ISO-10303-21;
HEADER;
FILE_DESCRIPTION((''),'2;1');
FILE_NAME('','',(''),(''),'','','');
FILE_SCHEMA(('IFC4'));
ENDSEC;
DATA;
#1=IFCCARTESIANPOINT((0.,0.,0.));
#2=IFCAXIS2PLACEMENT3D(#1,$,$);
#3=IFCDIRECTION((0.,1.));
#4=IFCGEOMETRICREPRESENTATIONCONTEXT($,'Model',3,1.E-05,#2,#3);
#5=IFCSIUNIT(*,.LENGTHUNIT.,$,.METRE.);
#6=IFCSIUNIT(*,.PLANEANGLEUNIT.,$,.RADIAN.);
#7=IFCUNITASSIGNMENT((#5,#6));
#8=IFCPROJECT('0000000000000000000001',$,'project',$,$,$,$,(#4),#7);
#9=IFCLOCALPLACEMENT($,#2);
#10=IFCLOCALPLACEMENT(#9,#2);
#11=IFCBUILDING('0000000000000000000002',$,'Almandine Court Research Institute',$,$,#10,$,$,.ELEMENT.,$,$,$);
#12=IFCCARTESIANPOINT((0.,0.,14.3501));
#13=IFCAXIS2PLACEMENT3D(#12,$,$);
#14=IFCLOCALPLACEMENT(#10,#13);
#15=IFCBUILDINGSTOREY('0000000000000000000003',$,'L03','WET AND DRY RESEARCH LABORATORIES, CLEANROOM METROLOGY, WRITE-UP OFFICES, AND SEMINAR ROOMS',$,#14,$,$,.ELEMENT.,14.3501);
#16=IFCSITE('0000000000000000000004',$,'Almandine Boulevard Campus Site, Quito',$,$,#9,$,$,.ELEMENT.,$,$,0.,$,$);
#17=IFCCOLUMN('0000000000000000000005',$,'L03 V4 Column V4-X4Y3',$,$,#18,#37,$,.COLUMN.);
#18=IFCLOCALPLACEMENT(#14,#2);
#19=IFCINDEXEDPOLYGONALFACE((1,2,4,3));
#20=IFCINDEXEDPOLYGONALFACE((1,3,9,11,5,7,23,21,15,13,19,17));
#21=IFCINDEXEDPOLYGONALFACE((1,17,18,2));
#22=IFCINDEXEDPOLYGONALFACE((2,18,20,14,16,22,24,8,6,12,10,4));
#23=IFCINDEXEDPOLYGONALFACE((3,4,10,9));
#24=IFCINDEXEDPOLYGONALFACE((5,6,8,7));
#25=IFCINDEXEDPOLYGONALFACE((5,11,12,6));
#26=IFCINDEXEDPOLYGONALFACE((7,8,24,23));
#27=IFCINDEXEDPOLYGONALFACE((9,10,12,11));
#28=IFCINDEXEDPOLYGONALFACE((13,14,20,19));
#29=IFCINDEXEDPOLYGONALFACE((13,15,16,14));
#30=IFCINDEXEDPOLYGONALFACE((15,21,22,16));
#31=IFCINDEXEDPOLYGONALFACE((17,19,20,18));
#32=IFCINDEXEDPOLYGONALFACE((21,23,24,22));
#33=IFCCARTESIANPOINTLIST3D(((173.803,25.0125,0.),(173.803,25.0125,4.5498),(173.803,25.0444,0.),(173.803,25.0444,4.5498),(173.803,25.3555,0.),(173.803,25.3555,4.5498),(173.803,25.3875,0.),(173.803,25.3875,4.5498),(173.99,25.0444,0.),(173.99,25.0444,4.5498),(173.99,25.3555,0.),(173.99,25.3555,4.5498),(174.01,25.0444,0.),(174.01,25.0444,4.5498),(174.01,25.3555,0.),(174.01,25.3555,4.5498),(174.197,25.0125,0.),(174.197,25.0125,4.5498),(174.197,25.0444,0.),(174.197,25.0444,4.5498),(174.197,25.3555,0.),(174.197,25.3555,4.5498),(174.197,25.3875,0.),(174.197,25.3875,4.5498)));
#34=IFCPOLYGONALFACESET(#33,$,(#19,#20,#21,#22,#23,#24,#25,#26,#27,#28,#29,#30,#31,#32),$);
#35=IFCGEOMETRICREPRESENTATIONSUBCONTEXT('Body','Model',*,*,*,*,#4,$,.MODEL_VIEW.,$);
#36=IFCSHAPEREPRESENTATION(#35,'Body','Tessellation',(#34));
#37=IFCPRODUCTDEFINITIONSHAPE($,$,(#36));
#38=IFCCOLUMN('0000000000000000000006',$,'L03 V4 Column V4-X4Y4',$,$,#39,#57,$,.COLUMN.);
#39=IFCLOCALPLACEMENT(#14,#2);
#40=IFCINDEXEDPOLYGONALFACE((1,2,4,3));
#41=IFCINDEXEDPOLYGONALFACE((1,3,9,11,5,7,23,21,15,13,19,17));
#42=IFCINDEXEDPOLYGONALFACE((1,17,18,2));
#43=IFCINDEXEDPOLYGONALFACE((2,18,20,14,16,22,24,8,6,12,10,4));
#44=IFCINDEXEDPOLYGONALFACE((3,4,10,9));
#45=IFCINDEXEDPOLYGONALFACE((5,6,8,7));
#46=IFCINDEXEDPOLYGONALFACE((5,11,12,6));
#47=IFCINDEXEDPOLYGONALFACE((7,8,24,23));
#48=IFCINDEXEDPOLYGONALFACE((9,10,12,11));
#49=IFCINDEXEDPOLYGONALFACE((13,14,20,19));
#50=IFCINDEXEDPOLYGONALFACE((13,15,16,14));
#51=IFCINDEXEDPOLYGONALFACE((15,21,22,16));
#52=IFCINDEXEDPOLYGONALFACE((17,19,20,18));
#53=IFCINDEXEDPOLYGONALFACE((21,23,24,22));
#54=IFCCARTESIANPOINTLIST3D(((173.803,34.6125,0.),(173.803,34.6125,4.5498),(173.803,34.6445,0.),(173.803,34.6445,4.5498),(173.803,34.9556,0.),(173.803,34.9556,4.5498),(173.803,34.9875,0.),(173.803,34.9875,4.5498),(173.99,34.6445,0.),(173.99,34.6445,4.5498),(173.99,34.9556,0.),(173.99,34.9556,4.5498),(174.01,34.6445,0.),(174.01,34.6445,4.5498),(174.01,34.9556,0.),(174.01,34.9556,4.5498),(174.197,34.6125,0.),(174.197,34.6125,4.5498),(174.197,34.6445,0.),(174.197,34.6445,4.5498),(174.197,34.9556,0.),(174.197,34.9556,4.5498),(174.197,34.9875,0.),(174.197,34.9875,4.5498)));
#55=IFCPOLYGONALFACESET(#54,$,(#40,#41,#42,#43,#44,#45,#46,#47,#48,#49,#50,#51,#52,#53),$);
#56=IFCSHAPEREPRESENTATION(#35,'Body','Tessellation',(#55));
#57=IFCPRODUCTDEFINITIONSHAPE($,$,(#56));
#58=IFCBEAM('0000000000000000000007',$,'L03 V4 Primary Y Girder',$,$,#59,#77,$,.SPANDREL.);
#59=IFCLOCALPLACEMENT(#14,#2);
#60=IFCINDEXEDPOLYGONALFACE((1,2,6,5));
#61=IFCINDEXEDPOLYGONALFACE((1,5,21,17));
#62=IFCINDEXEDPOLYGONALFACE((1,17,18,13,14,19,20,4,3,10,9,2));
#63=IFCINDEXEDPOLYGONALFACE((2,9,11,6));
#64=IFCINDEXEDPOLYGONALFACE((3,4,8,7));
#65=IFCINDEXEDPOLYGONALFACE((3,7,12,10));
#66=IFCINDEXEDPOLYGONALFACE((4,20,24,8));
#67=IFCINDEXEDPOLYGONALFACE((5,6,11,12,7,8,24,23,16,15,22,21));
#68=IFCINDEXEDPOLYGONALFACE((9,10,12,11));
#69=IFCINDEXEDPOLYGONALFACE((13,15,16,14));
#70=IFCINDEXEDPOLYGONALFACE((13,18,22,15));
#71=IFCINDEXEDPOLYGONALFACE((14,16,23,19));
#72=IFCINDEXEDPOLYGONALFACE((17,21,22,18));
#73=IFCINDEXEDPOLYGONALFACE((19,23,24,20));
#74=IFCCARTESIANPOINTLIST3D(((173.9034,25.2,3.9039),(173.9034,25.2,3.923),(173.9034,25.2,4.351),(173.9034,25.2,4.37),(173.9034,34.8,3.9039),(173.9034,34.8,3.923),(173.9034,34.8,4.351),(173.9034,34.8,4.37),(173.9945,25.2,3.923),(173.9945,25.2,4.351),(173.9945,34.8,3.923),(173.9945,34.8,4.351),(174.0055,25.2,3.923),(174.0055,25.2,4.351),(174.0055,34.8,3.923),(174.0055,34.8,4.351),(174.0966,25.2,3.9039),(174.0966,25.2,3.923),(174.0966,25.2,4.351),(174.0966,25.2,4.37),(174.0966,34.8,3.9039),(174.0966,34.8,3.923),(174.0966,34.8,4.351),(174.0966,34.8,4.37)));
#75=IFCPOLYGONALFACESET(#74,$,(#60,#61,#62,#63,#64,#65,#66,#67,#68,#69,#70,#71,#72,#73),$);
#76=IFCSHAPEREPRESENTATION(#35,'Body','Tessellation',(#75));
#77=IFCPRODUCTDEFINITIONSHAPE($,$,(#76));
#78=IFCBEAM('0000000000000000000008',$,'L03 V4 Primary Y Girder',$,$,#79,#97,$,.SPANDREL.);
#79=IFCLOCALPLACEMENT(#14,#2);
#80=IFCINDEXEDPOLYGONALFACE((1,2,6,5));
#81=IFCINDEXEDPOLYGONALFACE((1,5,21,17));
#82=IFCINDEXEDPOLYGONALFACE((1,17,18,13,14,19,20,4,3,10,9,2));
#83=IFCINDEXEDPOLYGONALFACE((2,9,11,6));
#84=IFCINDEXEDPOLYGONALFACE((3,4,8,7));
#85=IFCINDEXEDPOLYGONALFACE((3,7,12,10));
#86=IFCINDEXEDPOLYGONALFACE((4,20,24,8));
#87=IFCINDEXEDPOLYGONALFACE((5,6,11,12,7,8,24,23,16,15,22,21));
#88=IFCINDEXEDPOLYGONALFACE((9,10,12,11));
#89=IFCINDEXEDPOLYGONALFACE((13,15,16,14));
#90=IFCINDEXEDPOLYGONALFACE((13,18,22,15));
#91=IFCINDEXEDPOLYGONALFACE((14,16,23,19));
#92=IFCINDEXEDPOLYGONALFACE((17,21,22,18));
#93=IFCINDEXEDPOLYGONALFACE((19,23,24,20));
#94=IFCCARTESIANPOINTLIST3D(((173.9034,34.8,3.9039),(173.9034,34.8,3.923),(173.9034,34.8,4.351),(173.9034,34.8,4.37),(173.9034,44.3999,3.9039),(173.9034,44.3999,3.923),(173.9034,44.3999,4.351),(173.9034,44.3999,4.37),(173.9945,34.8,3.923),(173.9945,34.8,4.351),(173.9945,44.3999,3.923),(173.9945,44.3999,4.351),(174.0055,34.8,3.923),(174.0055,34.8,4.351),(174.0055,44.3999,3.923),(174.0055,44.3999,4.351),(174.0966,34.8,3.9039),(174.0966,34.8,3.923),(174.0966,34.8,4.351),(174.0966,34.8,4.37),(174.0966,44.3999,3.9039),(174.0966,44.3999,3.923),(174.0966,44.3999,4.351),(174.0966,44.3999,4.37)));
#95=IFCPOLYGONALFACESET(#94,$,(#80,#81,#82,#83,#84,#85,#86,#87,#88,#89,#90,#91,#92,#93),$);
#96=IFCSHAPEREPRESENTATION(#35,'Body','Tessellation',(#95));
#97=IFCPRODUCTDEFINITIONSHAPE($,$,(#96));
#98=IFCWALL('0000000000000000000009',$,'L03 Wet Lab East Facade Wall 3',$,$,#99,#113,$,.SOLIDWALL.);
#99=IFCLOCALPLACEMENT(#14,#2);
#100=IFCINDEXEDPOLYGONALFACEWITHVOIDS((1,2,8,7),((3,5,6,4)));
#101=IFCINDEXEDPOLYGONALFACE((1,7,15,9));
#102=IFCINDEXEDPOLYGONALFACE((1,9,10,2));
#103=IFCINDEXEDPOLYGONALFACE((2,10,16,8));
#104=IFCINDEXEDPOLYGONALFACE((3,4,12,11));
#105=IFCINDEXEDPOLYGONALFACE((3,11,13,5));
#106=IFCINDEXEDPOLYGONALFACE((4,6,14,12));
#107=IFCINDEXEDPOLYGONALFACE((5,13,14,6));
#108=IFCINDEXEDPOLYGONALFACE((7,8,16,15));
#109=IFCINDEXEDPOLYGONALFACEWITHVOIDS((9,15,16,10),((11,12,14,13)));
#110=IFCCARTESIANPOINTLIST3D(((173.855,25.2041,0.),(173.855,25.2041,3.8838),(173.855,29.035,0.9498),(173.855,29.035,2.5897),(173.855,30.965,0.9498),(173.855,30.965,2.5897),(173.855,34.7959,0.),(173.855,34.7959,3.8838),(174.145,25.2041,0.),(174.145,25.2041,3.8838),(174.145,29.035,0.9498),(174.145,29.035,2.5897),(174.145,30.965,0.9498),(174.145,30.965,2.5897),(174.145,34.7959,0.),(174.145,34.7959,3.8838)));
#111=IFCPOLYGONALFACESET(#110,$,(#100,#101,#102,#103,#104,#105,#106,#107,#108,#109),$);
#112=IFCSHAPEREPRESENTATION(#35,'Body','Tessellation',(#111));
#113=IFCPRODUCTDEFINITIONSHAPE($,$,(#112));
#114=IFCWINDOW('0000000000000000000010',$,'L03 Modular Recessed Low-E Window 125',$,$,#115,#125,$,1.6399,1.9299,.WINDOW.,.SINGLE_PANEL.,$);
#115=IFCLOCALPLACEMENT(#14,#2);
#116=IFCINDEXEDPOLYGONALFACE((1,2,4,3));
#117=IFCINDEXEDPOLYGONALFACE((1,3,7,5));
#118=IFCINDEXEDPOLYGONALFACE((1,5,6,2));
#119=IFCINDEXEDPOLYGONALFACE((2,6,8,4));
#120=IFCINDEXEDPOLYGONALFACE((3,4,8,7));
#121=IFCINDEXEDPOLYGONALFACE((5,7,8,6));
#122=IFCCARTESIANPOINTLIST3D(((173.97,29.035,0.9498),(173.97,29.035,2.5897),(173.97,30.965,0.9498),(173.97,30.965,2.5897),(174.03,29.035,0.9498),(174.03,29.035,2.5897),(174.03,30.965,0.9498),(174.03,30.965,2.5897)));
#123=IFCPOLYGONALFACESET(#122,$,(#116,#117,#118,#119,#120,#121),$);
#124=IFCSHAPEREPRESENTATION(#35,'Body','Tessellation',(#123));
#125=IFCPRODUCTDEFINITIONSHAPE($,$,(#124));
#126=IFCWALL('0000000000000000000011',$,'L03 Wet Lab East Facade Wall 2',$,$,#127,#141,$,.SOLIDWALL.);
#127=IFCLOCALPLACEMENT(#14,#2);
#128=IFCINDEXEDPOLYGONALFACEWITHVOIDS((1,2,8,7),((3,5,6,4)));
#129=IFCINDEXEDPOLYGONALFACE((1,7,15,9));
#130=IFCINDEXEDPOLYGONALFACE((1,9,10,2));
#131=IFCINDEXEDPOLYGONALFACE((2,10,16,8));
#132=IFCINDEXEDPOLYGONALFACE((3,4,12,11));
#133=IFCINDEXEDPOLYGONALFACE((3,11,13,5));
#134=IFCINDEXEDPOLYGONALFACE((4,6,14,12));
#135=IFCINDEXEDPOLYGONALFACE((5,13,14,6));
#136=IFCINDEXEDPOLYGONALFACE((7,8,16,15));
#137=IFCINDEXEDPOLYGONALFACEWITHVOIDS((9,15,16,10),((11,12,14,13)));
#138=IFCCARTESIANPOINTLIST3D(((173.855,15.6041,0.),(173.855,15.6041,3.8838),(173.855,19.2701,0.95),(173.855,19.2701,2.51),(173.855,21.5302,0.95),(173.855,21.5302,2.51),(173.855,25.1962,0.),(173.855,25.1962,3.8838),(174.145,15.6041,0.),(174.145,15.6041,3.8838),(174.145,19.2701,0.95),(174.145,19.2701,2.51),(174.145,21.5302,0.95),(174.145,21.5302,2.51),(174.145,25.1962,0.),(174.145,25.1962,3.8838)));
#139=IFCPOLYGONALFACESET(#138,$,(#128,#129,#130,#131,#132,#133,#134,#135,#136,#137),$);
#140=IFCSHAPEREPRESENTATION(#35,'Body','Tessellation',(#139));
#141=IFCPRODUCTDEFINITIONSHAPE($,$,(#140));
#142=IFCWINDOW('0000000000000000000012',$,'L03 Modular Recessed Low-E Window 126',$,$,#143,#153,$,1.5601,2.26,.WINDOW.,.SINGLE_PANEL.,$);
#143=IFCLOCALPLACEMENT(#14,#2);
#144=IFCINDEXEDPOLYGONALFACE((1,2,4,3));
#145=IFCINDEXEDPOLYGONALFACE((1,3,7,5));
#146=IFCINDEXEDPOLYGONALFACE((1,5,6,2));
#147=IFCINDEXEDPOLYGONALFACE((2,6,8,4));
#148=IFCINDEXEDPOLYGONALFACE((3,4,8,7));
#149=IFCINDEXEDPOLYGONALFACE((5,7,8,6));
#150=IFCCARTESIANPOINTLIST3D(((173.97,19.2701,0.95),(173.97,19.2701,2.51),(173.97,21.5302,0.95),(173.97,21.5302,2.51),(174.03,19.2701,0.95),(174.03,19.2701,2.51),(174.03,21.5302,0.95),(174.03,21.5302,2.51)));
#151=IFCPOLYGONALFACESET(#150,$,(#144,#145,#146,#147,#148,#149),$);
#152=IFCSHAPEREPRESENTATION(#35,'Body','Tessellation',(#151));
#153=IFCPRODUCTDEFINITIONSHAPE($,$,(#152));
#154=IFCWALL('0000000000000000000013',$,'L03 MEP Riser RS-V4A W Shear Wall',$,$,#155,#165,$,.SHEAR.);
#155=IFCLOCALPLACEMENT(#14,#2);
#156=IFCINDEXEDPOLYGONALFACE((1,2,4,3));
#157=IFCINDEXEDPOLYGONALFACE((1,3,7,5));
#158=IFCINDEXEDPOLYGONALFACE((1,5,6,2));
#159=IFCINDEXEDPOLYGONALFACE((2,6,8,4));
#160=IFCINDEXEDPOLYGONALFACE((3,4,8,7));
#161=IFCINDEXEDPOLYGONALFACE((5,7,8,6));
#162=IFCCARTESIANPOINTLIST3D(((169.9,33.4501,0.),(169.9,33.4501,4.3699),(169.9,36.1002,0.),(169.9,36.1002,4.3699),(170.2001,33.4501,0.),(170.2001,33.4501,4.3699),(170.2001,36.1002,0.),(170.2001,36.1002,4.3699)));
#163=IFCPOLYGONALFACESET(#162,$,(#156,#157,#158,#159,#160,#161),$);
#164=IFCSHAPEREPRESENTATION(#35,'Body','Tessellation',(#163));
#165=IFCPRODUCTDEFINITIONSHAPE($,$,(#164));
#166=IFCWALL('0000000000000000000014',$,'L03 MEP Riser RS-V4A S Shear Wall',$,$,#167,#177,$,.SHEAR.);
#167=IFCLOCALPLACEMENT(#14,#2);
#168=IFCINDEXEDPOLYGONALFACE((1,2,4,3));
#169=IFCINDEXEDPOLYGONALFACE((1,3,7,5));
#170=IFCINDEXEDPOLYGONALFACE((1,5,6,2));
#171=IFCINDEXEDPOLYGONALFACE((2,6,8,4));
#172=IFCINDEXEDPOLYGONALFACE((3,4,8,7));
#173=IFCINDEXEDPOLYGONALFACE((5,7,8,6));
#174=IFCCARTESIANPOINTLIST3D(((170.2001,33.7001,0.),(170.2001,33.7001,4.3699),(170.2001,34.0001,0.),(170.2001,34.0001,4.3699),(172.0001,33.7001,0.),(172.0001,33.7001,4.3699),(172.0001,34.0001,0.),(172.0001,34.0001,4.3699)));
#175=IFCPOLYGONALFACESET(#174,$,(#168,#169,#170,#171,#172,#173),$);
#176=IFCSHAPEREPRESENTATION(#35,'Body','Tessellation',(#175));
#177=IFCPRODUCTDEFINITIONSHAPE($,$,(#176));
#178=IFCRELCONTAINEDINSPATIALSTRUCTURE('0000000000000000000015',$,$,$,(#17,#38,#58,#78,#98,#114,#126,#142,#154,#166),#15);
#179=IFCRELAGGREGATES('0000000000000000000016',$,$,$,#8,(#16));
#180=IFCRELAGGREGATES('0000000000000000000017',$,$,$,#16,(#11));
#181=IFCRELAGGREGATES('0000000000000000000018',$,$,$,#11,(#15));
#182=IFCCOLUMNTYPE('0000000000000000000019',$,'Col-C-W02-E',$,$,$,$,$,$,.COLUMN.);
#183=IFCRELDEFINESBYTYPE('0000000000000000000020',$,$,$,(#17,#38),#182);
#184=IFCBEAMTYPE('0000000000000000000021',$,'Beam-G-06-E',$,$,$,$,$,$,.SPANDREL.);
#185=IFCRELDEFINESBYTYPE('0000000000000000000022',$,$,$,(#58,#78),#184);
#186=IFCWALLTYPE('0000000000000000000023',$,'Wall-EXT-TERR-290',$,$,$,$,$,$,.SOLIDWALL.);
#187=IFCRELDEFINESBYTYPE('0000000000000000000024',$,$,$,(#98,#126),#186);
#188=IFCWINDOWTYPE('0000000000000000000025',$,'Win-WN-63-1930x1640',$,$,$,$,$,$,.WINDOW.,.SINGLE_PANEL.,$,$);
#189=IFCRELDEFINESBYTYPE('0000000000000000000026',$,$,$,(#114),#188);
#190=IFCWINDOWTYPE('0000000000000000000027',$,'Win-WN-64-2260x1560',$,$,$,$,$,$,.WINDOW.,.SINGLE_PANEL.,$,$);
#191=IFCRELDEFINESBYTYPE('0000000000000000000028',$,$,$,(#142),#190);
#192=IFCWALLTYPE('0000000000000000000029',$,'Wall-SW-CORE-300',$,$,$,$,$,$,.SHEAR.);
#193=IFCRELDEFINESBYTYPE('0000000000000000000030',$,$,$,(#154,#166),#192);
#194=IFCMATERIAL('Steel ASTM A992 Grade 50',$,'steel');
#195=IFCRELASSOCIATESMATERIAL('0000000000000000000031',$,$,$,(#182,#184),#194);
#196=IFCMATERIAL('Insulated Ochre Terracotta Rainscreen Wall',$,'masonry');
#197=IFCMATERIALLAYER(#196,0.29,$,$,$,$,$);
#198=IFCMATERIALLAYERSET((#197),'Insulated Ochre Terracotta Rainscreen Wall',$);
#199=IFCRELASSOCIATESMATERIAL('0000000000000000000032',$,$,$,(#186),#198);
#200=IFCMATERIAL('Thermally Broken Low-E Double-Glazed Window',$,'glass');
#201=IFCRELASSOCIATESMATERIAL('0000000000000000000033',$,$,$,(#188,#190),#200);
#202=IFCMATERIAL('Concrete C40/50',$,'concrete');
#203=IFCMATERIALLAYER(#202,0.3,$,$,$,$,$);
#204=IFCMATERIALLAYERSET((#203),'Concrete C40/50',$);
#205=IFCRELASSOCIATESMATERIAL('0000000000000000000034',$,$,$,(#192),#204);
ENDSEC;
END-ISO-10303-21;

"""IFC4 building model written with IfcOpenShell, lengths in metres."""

from ifc_helpers import new_model, si_unit, direction, frame, frame_2d, origin, origin_2d, place, context, subcontext, project, spatial, rectangle, i_section, extrude, material, layer, layer_set, material_profile, profile_set, type_object, element, fill, save


model = new_model("IFC4")

# Units and contexts
model_context = context("Model", 3, precision=1e-05, world=origin(), true_north=direction((0.0, 1.0)))
body_context = subcontext(model_context, "Body", "Model", "MODEL_VIEW")
ifc_project = project(units=[si_unit("LENGTHUNIT", "METRE"), si_unit("PLANEANGLEUNIT", "RADIAN")], contexts=[model_context])

# Site, building, storey
site_placement = place(None, origin())
site = spatial("IfcSite", under=ifc_project, at=site_placement, Name="Almandine Boulevard Campus Site, Quito", CompositionType="ELEMENT", RefElevation=0.0)
building_placement = place(site_placement, origin())
building = spatial("IfcBuilding", under=site, at=building_placement, Name="Almandine Court Research Institute", CompositionType="ELEMENT")
storey_placement = place(building_placement, frame((0.0, 0.0, 14.3501)))
storey = spatial("IfcBuildingStorey", under=building, at=storey_placement, Name="L03", Description="WET AND DRY RESEARCH LABORATORIES, CLEANROOM METROLOGY, WRITE-UP OFFICES, AND SEMINAR ROOMS", CompositionType="ELEMENT", Elevation=14.3501)

# Columns
ifc_material_1 = material(Name="Steel ASTM A992 Grade 50", Category="steel")
ifc_material_profile_1 = material_profile(ifc_material_1, i_section(OverallWidth=0.394, OverallDepth=0.375, WebThickness=0.02, FlangeThickness=0.032, at=origin_2d()), Name="W360x216")
ifc_profile_set_1 = profile_set([ifc_material_profile_1], Name="Steel ASTM A992 Grade 50")
column_type = type_object("IfcColumnType", Name="Col-C-W02-E", PredefinedType="COLUMN", material=ifc_profile_set_1)
for number, where, z_axis, x_axis, name in (
    (1, (174.0, 25.2, 0.0), (0.0, 0.0, 1.0), (1.0, 0.0, 0.0), "L03 V4 Column V4-X4Y3"),
    (2, (174.0, 34.8, 0.0), (0.0, 0.0, 1.0), (1.0, 0.0, 0.0), "L03 V4 Column V4-X4Y4"),
):
    element("IfcColumn", number, at=place(storey_placement, frame(where, z_axis=z_axis, x_axis=x_axis)), inside=storey, type_object=column_type, Name=name, PredefinedType="COLUMN", context=body_context, shape_type="SweptSolid", body=[
        extrude(i_section(OverallWidth=0.394, OverallDepth=0.375, WebThickness=0.02, FlangeThickness=0.032, at=origin_2d()), origin(), (0.0, 0.0, 1.0), 4.5498),
    ])

# Beams
ifc_material_profile_2 = material_profile(ifc_material_1, i_section(OverallWidth=0.1931, OverallDepth=0.4661, WebThickness=0.011, FlangeThickness=0.019, at=origin_2d()), Name="W460x97")
ifc_profile_set_2 = profile_set([ifc_material_profile_2], Name="Steel ASTM A992 Grade 50")
beam_type = type_object("IfcBeamType", Name="Beam-G-06-E", PredefinedType="SPANDREL", material=ifc_profile_set_2)
beam_1_placement = place(storey_placement, frame((174.0, 25.2, 4.137), z_axis=(0.0, 1.0, 0.0), x_axis=(-1.0, 0.0, 0.0)))
element("IfcBeam", 3, at=beam_1_placement, inside=storey, type_object=beam_type, Name="L03 V4 Primary Y Girder", PredefinedType="SPANDREL", context=body_context, shape_type="SweptSolid", body=[
    extrude(i_section(OverallWidth=0.1931, OverallDepth=0.4661, WebThickness=0.011, FlangeThickness=0.019, at=origin_2d()), origin(), (0.0, 0.0, 1.0), 9.6001),
])
beam_2_placement = place(storey_placement, frame((174.0, 34.8, 4.137), z_axis=(0.0, 1.0, 0.0), x_axis=(-1.0, 0.0, 0.0)))
element("IfcBeam", 4, at=beam_2_placement, inside=storey, type_object=beam_type, Name="L03 V4 Primary Y Girder", PredefinedType="SPANDREL", context=body_context, shape_type="SweptSolid", body=[
    extrude(i_section(OverallWidth=0.1931, OverallDepth=0.4661, WebThickness=0.011, FlangeThickness=0.019, at=origin_2d()), origin(), (0.0, 0.0, 1.0), 9.5999),
])

# Walls, openings, windows
ifc_material_2 = material(Name="Insulated Ochre Terracotta Rainscreen Wall", Category="masonry")
ifc_layer_1 = layer(ifc_material_2, 0.29)
ifc_layer_set_1 = layer_set([ifc_layer_1], Name="Insulated Ochre Terracotta Rainscreen Wall")
wall_type_1 = type_object("IfcWallType", Name="Wall-EXT-TERR-290", PredefinedType="SOLIDWALL", material=ifc_layer_set_1)
wall_1_placement = place(storey_placement, frame((174.0, 34.7959, 0.0), z_axis=(0.0, 0.0, 1.0), x_axis=(0.0, -1.0, 0.0)))
wall_1 = element("IfcWall", 5, at=wall_1_placement, inside=storey, type_object=wall_type_1, Name="L03 Wet Lab East Facade Wall 3", PredefinedType="SOLIDWALL", context=body_context, shape_type="SweptSolid", body=[
    extrude(rectangle(XDim=9.5918, YDim=0.29, at=frame_2d((4.7959, 0.0))), origin(), (0.0, 0.0, 1.0), 3.8838),
])
opening_1_placement = place(wall_1_placement, frame((3.8311, 0.0, 0.95)))
opening_1 = element("IfcOpeningElement", 6, at=opening_1_placement, cuts=wall_1, PredefinedType="OPENING", context=body_context, shape_type="SweptSolid", body=[
    extrude(rectangle(XDim=1.9299, YDim=1.6399, at=frame_2d((0.9648, 0.8198))), frame((0.0, 0.155, 0.0), z_axis=(0.0, -1.0, 0.0), x_axis=(1.0, 0.0, 0.0)), (0.0, 0.0, 1.0), 0.3101),
])
ifc_material_3 = material(Name="Thermally Broken Low-E Double-Glazed Window", Category="glass")
window_type_1 = type_object("IfcWindowType", Name="Win-WN-63-1930x1640", PartitioningType="SINGLE_PANEL", PredefinedType="WINDOW", material=ifc_material_3)
window_1_placement = place(opening_1_placement, origin())
window_1 = element("IfcWindow", 7, at=window_1_placement, inside=storey, type_object=window_type_1, Name="L03 Modular Recessed Low-E Window 125", OverallHeight=1.6399, OverallWidth=1.9299, PartitioningType="SINGLE_PANEL", PredefinedType="WINDOW", context=body_context, shape_type="SweptSolid", body=[
    extrude(rectangle(XDim=1.9299, YDim=1.6399, at=frame_2d((0.9648, 0.8198))), frame((0.0, 0.03, 0.0), z_axis=(0.0, -1.0, 0.0), x_axis=(1.0, 0.0, 0.0)), (0.0, 0.0, 1.0), 0.0601),
])
fill(opening_1, window_1)
wall_2_placement = place(storey_placement, frame((174.0, 25.196, 0.0), z_axis=(0.0, 0.0, 1.0), x_axis=(0.0, -1.0, 0.0)))
wall_2 = element("IfcWall", 8, at=wall_2_placement, inside=storey, type_object=wall_type_1, Name="L03 Wet Lab East Facade Wall 2", PredefinedType="SOLIDWALL", context=body_context, shape_type="SweptSolid", body=[
    extrude(rectangle(XDim=9.592, YDim=0.29, at=frame_2d((4.7959, 0.0))), origin(), (0.0, 0.0, 1.0), 3.8838),
])
opening_2_placement = place(wall_2_placement, frame((3.666, 0.0, 0.95)))
opening_2 = element("IfcOpeningElement", 9, at=opening_2_placement, cuts=wall_2, PredefinedType="OPENING", context=body_context, shape_type="SweptSolid", body=[
    extrude(rectangle(XDim=2.26, YDim=1.5601, at=frame_2d((1.1299, 0.78))), frame((0.0, 0.155, 0.0), z_axis=(0.0, -1.0, 0.0), x_axis=(1.0, 0.0, 0.0)), (0.0, 0.0, 1.0), 0.3101),
])
window_type_2 = type_object("IfcWindowType", Name="Win-WN-64-2260x1560", PartitioningType="SINGLE_PANEL", PredefinedType="WINDOW", material=ifc_material_3)
window_2_placement = place(opening_2_placement, origin())
window_2 = element("IfcWindow", 10, at=window_2_placement, inside=storey, type_object=window_type_2, Name="L03 Modular Recessed Low-E Window 126", OverallHeight=1.5601, OverallWidth=2.26, PartitioningType="SINGLE_PANEL", PredefinedType="WINDOW", context=body_context, shape_type="SweptSolid", body=[
    extrude(rectangle(XDim=2.26, YDim=1.5601, at=frame_2d((1.1299, 0.78))), frame((0.0, 0.03, 0.0), z_axis=(0.0, -1.0, 0.0), x_axis=(1.0, 0.0, 0.0)), (0.0, 0.0, 1.0), 0.0601),
])
fill(opening_2, window_2)

# Walls
ifc_material_4 = material(Name="Concrete C40/50", Category="concrete")
ifc_layer_2 = layer(ifc_material_4, 0.3)
ifc_layer_set_2 = layer_set([ifc_layer_2], Name="Concrete C40/50")
wall_type_2 = type_object("IfcWallType", Name="Wall-SW-CORE-300", PredefinedType="SHEAR", material=ifc_layer_set_2)
wall_3_placement = place(storey_placement, frame((170.05, 33.45, 0.0), z_axis=(0.0, 0.0, 1.0), x_axis=(0.0, 1.0, 0.0)))
element("IfcWall", 11, at=wall_3_placement, inside=storey, type_object=wall_type_2, Name="L03 MEP Riser RS-V4A W Shear Wall", PredefinedType="SHEAR", context=body_context, shape_type="SweptSolid", body=[
    extrude(rectangle(XDim=2.6501, YDim=0.3, at=frame_2d((1.3252, 0.0))), origin(), (0.0, 0.0, 1.0), 4.3699),
])
wall_4_placement = place(storey_placement, frame((172.0, 33.8501, 0.0), z_axis=(0.0, 0.0, 1.0), x_axis=(-1.0, 0.0, 0.0)))
element("IfcWall", 12, at=wall_4_placement, inside=storey, type_object=wall_type_2, Name="L03 MEP Riser RS-V4A S Shear Wall", PredefinedType="SHEAR", context=body_context, shape_type="SweptSolid", body=[
    extrude(rectangle(XDim=1.8, YDim=0.3, at=frame_2d((0.8999, 0.0))), origin(), (0.0, 0.0, 1.0), 4.3699),
])

save(model, "model.ifc")
